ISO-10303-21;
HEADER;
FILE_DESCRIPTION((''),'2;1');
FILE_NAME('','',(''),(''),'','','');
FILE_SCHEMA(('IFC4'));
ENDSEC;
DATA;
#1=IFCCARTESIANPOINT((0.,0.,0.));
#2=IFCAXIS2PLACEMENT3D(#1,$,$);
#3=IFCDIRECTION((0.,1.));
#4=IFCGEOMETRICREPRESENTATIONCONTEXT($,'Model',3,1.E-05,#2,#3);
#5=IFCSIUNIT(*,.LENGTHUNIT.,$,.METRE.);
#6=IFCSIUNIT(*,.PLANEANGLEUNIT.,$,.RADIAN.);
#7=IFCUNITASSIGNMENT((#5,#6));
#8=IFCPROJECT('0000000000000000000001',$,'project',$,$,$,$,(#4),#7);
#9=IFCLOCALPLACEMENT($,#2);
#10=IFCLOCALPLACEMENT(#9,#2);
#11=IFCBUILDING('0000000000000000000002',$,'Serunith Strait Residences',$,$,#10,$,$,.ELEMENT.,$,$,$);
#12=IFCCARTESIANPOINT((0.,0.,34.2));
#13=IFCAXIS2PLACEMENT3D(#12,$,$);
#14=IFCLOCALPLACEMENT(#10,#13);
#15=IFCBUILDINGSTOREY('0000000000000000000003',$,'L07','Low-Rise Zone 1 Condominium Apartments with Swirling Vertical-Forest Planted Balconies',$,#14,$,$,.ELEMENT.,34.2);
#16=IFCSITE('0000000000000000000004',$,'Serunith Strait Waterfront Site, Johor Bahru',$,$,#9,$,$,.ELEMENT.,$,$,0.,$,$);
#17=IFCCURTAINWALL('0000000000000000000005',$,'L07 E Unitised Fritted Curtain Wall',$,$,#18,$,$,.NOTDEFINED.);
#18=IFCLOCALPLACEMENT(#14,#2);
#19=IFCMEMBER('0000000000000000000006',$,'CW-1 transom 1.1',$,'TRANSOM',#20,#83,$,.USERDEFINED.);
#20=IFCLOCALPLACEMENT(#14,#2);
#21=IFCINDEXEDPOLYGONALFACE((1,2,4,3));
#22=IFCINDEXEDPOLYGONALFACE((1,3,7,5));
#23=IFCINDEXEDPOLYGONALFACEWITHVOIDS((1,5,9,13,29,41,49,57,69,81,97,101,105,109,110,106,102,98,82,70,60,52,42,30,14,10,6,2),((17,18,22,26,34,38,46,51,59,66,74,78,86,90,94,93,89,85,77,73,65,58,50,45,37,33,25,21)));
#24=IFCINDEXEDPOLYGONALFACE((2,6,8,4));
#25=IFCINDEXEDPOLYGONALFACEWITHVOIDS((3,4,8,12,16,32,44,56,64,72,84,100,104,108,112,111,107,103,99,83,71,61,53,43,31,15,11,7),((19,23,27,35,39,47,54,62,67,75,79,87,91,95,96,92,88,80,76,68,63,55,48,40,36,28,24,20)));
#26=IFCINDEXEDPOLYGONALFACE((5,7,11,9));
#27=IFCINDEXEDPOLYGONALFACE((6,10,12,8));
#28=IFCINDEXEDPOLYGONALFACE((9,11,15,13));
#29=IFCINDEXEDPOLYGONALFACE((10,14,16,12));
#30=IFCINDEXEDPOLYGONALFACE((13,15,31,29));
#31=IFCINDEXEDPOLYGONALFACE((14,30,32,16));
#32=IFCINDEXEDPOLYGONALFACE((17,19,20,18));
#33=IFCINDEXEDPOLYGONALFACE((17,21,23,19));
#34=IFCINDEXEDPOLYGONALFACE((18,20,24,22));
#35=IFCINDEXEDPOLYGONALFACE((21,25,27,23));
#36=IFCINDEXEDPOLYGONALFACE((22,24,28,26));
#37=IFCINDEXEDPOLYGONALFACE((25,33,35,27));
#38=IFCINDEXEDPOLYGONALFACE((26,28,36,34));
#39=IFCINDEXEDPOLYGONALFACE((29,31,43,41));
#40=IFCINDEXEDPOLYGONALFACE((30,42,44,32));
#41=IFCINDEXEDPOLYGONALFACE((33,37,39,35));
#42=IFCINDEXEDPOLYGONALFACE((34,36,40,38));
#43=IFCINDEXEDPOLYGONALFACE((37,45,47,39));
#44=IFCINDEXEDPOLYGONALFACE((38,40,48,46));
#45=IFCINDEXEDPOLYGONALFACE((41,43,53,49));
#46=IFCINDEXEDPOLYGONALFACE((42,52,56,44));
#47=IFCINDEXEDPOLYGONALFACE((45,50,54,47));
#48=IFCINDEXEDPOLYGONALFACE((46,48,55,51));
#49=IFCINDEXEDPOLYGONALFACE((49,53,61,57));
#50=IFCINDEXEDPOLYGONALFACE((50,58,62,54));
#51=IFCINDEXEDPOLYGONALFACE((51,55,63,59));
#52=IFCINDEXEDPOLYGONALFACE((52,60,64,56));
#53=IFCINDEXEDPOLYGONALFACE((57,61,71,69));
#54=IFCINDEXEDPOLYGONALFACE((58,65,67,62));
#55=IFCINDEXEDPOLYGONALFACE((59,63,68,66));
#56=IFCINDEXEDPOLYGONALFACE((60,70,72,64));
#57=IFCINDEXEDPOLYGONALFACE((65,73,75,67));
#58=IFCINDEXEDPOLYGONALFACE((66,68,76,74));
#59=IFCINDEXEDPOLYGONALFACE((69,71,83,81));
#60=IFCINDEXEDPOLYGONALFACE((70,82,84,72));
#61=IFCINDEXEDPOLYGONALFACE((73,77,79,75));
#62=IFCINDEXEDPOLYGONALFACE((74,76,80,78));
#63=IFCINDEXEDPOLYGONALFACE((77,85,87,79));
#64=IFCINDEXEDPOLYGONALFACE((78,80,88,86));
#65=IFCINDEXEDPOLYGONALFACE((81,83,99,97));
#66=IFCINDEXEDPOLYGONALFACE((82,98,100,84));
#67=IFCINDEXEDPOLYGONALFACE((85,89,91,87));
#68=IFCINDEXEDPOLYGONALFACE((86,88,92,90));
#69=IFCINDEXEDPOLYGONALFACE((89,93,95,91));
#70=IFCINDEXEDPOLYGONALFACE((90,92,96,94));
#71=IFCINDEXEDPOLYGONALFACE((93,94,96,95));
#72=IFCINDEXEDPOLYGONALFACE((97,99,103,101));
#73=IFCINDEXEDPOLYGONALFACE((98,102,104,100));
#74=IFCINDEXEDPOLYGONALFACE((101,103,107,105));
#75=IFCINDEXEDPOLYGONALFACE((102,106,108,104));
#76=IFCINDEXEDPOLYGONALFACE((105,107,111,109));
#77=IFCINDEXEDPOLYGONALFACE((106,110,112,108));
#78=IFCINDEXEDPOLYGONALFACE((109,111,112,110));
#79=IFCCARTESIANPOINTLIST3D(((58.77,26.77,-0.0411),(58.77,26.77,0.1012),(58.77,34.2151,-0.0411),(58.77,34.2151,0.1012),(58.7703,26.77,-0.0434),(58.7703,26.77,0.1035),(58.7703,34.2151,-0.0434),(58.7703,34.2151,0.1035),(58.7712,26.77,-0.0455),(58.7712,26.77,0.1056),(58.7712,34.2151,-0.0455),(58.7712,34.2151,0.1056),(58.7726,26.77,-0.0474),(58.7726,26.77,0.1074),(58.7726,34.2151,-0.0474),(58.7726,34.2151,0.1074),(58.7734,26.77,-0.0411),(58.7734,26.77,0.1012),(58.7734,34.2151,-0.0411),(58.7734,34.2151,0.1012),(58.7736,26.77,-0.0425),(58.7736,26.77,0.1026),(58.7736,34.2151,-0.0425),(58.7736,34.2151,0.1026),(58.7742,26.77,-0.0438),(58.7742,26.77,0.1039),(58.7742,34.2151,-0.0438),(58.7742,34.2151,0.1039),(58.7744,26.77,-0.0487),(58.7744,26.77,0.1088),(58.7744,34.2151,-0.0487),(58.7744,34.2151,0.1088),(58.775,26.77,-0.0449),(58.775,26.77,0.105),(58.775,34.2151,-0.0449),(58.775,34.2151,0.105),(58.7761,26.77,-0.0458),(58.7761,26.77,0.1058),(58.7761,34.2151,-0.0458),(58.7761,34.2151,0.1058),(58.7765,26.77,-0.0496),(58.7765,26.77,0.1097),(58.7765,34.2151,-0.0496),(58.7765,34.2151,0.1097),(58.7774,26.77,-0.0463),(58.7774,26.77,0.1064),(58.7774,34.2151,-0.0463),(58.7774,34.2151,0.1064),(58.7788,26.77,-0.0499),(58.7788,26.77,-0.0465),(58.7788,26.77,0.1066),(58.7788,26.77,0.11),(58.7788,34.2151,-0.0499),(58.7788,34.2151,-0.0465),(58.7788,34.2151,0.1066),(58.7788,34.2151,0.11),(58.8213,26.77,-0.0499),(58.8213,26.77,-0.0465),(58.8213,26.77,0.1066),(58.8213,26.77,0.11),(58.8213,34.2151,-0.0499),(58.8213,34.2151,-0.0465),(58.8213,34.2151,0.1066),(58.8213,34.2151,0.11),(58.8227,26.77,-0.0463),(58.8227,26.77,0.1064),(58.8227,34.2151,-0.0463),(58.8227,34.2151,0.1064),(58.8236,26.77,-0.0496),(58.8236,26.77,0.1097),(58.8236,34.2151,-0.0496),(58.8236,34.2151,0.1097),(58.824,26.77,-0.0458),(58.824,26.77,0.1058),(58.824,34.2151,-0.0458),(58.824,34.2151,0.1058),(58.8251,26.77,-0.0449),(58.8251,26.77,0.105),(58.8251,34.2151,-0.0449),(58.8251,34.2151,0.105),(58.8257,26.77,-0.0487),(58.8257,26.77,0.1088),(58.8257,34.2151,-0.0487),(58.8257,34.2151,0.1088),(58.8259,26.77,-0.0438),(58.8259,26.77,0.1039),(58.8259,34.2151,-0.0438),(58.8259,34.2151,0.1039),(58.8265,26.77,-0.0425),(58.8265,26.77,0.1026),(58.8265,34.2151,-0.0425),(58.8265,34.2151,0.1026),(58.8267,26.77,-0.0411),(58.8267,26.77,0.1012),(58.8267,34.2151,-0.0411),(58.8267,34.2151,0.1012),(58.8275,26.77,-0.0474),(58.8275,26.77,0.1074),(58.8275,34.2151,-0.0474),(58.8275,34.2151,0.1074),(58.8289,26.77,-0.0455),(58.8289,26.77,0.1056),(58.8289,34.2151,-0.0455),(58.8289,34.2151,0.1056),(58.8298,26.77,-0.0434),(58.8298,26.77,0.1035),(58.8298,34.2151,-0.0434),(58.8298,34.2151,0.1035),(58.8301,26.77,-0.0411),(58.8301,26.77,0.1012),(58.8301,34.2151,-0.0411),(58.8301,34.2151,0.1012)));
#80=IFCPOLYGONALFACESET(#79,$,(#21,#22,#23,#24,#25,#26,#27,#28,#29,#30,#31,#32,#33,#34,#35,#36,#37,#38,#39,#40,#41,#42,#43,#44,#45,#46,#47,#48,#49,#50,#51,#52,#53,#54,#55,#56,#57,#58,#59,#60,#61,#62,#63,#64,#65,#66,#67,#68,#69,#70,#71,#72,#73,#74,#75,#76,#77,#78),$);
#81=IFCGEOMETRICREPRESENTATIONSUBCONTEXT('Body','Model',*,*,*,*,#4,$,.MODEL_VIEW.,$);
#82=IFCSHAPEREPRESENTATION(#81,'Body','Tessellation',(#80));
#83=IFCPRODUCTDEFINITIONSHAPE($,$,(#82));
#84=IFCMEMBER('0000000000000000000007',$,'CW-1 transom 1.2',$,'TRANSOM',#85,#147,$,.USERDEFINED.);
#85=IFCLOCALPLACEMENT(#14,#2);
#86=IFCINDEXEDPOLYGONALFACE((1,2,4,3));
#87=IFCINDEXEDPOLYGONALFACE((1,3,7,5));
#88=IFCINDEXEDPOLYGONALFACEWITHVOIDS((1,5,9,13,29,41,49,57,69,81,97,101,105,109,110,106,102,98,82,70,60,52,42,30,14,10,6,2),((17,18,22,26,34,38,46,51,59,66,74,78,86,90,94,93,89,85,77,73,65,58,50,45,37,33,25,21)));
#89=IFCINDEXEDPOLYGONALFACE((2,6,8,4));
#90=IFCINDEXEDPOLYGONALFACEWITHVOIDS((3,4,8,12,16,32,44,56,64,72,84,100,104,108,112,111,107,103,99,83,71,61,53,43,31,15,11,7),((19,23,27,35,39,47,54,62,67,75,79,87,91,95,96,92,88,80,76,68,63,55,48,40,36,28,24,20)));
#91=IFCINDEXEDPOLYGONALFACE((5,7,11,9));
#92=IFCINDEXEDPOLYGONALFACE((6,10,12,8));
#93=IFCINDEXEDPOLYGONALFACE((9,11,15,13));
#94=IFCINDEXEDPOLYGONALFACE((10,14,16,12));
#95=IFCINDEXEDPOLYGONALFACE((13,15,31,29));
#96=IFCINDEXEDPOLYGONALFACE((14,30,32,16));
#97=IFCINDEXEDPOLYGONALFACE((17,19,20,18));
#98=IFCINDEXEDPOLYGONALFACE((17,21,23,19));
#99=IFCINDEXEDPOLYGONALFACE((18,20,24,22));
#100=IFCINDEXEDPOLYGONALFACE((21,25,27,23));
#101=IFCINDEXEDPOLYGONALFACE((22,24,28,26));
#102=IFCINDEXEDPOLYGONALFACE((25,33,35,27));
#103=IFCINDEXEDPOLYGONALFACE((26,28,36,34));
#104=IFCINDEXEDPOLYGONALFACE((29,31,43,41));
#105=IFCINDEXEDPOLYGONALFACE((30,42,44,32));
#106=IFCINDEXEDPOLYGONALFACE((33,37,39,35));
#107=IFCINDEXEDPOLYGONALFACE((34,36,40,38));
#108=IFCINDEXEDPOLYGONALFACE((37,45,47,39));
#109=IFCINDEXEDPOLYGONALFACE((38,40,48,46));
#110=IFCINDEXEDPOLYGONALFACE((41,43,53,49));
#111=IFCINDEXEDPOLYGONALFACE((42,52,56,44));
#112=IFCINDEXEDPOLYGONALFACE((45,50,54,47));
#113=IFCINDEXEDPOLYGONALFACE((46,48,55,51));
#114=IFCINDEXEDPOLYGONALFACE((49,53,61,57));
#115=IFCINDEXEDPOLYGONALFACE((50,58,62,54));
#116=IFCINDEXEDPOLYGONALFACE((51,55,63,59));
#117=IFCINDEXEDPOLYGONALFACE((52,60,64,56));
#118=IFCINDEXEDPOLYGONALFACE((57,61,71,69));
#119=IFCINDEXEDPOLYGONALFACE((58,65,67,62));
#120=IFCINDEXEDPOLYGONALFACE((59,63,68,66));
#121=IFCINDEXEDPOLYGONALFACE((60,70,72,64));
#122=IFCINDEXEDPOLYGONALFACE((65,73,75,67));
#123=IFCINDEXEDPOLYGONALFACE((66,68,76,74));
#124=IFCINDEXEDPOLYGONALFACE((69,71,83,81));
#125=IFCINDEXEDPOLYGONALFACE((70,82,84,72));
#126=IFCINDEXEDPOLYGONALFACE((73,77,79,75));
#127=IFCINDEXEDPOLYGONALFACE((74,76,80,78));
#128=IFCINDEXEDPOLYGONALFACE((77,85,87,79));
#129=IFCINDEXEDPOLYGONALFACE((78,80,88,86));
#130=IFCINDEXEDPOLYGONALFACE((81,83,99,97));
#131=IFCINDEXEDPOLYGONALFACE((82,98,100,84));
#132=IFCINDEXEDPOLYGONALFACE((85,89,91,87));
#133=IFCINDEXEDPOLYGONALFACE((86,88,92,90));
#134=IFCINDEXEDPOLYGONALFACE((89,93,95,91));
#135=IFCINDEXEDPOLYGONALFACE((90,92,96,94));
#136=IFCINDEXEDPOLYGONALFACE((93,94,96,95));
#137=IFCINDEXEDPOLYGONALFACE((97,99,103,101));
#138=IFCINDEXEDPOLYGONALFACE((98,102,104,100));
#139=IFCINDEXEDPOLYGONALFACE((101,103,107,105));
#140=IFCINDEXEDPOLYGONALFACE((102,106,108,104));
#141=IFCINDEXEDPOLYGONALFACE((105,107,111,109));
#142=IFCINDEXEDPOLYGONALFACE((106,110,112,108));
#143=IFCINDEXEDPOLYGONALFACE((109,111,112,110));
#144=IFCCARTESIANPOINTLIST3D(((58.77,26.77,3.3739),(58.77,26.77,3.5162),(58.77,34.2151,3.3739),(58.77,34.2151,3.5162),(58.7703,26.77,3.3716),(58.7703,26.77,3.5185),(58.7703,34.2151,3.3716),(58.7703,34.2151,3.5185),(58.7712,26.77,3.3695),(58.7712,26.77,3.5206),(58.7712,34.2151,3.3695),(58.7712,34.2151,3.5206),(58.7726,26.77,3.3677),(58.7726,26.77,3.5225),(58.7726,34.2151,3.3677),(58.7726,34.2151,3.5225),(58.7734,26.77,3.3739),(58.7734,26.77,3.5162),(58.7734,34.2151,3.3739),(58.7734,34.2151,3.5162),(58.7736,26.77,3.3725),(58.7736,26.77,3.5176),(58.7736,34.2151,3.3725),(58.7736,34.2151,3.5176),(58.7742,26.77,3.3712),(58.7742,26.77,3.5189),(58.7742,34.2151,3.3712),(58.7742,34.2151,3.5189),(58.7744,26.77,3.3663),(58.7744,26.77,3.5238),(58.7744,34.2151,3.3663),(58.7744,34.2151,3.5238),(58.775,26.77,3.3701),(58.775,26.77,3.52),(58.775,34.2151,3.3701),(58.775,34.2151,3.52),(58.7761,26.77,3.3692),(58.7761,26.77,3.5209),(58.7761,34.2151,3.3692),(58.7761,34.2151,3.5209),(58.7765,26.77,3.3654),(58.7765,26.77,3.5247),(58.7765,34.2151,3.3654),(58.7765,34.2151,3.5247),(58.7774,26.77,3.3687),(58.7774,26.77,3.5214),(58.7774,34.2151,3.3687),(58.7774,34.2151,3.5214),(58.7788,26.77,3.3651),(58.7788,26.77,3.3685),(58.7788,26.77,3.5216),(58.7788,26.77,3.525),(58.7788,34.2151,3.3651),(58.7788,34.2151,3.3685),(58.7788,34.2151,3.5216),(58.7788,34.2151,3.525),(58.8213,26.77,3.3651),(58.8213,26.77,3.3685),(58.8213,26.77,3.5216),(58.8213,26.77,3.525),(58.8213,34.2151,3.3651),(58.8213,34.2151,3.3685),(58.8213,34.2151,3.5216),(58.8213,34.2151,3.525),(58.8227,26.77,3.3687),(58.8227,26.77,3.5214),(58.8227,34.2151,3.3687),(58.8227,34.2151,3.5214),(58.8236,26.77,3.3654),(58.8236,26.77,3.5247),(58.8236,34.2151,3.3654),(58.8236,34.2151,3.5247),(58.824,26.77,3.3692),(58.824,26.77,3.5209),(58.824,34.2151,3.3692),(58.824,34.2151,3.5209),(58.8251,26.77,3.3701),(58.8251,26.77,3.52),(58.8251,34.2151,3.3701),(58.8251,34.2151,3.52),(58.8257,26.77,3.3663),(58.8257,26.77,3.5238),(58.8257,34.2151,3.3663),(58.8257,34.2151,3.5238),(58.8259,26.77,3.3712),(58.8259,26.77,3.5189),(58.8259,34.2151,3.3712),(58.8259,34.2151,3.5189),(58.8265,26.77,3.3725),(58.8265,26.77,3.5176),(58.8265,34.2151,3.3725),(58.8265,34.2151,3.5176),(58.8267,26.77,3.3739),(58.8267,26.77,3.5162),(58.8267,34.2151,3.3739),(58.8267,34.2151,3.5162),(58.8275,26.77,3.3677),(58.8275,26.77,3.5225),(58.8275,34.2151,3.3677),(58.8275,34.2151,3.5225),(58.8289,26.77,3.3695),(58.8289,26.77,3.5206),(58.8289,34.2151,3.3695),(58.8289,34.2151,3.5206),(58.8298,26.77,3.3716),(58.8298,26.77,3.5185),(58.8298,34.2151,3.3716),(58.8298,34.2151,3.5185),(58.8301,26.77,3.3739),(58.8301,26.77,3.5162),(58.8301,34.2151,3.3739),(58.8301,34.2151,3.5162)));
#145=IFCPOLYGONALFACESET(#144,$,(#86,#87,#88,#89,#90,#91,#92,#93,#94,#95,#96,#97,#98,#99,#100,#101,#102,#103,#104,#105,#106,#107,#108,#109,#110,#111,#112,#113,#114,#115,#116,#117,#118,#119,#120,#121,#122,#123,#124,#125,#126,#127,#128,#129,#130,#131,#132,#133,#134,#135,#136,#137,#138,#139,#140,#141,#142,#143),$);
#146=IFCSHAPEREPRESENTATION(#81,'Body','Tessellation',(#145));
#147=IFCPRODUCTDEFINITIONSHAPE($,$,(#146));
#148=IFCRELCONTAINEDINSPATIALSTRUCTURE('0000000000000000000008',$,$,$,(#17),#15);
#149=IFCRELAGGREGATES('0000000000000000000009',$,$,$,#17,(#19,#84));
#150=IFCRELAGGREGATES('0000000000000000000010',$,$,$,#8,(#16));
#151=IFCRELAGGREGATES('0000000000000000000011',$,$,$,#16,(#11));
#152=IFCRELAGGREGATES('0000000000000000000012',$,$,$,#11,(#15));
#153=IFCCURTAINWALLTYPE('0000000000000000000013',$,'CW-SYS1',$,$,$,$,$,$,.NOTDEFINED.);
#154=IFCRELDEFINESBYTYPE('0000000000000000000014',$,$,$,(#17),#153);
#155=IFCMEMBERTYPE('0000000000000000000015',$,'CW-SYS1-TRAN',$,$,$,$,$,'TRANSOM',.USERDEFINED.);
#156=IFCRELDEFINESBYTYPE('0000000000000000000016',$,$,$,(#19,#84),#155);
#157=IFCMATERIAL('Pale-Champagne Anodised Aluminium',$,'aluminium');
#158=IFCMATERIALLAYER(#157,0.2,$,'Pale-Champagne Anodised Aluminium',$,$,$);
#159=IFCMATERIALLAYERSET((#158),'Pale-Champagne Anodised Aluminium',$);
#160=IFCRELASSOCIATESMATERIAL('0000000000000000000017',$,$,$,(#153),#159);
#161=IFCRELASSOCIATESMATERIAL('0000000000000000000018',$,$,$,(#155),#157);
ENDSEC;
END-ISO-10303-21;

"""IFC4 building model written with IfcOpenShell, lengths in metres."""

from ifc_helpers import new_model, si_unit, direction, frame, origin, origin_2d, place, context, subcontext, project, spatial, hollow_rectangle, extrude, source, transform, mapped, material, layer, layer_set, material_profile, profile_set, type_object, element, aggregate, save


model = new_model("IFC4")

# Units and contexts
model_context = context("Model", 3, precision=1e-05, world=origin(), true_north=direction((0.0, 1.0)))
body_context = subcontext(model_context, "Body", "Model", "MODEL_VIEW")
ifc_project = project(units=[si_unit("LENGTHUNIT", "METRE"), si_unit("PLANEANGLEUNIT", "RADIAN")], contexts=[model_context])

# Site, building, storey
site_placement = place(None, origin())
site = spatial("IfcSite", under=ifc_project, at=site_placement, Name="Serunith Strait Waterfront Site, Johor Bahru", CompositionType="ELEMENT", RefElevation=0.0)
building_placement = place(site_placement, origin())
building = spatial("IfcBuilding", under=site, at=building_placement, Name="Serunith Strait Residences", CompositionType="ELEMENT")
storey_placement = place(building_placement, frame((0.0, 0.0, 34.2)))
storey = spatial("IfcBuildingStorey", under=building, at=storey_placement, Name="L07", Description="Low-Rise Zone 1 Condominium Apartments with Swirling Vertical-Forest Planted Balconies", CompositionType="ELEMENT", Elevation=34.2)

# Curtain wall, members
ifc_material_1 = material(Name="Pale-Champagne Anodised Aluminium", Category="aluminium")
ifc_layer_1 = layer(ifc_material_1, 0.2, Name="Pale-Champagne Anodised Aluminium")
ifc_layer_set_1 = layer_set([ifc_layer_1], Name="Pale-Champagne Anodised Aluminium")
curtain_wall_type = type_object("IfcCurtainWallType", Name="CW-SYS1", PredefinedType="NOTDEFINED", material=ifc_layer_set_1)
curtain_wall_placement = place(storey_placement, origin())
curtain_wall = element("IfcCurtainWall", 1, at=curtain_wall_placement, inside=storey, type_object=curtain_wall_type, Name="L07 E Unitised Fritted Curtain Wall", PredefinedType="NOTDEFINED")
ifc_material_profile_1 = material_profile(ifc_material_1, hollow_rectangle(XDim=0.0601, YDim=0.1599, WallThickness=0.0034, InnerFilletRadius=0.0054, OuterFilletRadius=0.0088, at=origin_2d()), Name="ALU 160x60x3.5")
ifc_profile_set_1 = profile_set([ifc_material_profile_1], Name="Pale-Champagne Anodised Aluminium")
member_type_1 = type_object("IfcMemberType", Name="CW-SYS1-TRAN", ElementType="TRANSOM", PredefinedType="USERDEFINED", material=ifc_profile_set_1)
shared_shape_1 = source(origin(), body_context, "Body", "SweptSolid", [
    extrude(hollow_rectangle(XDim=0.0601, YDim=0.1599, WallThickness=0.0034, InnerFilletRadius=0.0054, OuterFilletRadius=0.0088, at=origin_2d()), origin(), (0.0, 0.0, 1.0), 7.4451),
])
member_1_placement = place(storey_placement, frame((58.8, 26.77, 0.03), z_axis=(0.0, 1.0, 0.0), x_axis=(-1.0, 0.0, 0.0)))
member_1 = element("IfcMember", 2, at=member_1_placement, type_object=member_type_1, Name="CW-1 transom 1.1", ObjectType="TRANSOM", PredefinedType="USERDEFINED", context=body_context, shape_type="MappedRepresentation", body=[
    mapped(shared_shape_1, transform((0.0, 0.0, 0.0), scale=1.0)),
])
member_2_placement = place(storey_placement, frame((58.8, 26.77, 3.4451), z_axis=(0.0, 1.0, 0.0), x_axis=(-1.0, 0.0, 0.0)))
member_2 = element("IfcMember", 3, at=member_2_placement, type_object=member_type_1, Name="CW-1 transom 1.2", ObjectType="TRANSOM", PredefinedType="USERDEFINED", context=body_context, shape_type="MappedRepresentation", body=[
    mapped(shared_shape_1, transform((0.0, 0.0, 0.0), scale=1.0)),
])
aggregate(curtain_wall, [member_1, member_2])

save(model, "model.ifc")
